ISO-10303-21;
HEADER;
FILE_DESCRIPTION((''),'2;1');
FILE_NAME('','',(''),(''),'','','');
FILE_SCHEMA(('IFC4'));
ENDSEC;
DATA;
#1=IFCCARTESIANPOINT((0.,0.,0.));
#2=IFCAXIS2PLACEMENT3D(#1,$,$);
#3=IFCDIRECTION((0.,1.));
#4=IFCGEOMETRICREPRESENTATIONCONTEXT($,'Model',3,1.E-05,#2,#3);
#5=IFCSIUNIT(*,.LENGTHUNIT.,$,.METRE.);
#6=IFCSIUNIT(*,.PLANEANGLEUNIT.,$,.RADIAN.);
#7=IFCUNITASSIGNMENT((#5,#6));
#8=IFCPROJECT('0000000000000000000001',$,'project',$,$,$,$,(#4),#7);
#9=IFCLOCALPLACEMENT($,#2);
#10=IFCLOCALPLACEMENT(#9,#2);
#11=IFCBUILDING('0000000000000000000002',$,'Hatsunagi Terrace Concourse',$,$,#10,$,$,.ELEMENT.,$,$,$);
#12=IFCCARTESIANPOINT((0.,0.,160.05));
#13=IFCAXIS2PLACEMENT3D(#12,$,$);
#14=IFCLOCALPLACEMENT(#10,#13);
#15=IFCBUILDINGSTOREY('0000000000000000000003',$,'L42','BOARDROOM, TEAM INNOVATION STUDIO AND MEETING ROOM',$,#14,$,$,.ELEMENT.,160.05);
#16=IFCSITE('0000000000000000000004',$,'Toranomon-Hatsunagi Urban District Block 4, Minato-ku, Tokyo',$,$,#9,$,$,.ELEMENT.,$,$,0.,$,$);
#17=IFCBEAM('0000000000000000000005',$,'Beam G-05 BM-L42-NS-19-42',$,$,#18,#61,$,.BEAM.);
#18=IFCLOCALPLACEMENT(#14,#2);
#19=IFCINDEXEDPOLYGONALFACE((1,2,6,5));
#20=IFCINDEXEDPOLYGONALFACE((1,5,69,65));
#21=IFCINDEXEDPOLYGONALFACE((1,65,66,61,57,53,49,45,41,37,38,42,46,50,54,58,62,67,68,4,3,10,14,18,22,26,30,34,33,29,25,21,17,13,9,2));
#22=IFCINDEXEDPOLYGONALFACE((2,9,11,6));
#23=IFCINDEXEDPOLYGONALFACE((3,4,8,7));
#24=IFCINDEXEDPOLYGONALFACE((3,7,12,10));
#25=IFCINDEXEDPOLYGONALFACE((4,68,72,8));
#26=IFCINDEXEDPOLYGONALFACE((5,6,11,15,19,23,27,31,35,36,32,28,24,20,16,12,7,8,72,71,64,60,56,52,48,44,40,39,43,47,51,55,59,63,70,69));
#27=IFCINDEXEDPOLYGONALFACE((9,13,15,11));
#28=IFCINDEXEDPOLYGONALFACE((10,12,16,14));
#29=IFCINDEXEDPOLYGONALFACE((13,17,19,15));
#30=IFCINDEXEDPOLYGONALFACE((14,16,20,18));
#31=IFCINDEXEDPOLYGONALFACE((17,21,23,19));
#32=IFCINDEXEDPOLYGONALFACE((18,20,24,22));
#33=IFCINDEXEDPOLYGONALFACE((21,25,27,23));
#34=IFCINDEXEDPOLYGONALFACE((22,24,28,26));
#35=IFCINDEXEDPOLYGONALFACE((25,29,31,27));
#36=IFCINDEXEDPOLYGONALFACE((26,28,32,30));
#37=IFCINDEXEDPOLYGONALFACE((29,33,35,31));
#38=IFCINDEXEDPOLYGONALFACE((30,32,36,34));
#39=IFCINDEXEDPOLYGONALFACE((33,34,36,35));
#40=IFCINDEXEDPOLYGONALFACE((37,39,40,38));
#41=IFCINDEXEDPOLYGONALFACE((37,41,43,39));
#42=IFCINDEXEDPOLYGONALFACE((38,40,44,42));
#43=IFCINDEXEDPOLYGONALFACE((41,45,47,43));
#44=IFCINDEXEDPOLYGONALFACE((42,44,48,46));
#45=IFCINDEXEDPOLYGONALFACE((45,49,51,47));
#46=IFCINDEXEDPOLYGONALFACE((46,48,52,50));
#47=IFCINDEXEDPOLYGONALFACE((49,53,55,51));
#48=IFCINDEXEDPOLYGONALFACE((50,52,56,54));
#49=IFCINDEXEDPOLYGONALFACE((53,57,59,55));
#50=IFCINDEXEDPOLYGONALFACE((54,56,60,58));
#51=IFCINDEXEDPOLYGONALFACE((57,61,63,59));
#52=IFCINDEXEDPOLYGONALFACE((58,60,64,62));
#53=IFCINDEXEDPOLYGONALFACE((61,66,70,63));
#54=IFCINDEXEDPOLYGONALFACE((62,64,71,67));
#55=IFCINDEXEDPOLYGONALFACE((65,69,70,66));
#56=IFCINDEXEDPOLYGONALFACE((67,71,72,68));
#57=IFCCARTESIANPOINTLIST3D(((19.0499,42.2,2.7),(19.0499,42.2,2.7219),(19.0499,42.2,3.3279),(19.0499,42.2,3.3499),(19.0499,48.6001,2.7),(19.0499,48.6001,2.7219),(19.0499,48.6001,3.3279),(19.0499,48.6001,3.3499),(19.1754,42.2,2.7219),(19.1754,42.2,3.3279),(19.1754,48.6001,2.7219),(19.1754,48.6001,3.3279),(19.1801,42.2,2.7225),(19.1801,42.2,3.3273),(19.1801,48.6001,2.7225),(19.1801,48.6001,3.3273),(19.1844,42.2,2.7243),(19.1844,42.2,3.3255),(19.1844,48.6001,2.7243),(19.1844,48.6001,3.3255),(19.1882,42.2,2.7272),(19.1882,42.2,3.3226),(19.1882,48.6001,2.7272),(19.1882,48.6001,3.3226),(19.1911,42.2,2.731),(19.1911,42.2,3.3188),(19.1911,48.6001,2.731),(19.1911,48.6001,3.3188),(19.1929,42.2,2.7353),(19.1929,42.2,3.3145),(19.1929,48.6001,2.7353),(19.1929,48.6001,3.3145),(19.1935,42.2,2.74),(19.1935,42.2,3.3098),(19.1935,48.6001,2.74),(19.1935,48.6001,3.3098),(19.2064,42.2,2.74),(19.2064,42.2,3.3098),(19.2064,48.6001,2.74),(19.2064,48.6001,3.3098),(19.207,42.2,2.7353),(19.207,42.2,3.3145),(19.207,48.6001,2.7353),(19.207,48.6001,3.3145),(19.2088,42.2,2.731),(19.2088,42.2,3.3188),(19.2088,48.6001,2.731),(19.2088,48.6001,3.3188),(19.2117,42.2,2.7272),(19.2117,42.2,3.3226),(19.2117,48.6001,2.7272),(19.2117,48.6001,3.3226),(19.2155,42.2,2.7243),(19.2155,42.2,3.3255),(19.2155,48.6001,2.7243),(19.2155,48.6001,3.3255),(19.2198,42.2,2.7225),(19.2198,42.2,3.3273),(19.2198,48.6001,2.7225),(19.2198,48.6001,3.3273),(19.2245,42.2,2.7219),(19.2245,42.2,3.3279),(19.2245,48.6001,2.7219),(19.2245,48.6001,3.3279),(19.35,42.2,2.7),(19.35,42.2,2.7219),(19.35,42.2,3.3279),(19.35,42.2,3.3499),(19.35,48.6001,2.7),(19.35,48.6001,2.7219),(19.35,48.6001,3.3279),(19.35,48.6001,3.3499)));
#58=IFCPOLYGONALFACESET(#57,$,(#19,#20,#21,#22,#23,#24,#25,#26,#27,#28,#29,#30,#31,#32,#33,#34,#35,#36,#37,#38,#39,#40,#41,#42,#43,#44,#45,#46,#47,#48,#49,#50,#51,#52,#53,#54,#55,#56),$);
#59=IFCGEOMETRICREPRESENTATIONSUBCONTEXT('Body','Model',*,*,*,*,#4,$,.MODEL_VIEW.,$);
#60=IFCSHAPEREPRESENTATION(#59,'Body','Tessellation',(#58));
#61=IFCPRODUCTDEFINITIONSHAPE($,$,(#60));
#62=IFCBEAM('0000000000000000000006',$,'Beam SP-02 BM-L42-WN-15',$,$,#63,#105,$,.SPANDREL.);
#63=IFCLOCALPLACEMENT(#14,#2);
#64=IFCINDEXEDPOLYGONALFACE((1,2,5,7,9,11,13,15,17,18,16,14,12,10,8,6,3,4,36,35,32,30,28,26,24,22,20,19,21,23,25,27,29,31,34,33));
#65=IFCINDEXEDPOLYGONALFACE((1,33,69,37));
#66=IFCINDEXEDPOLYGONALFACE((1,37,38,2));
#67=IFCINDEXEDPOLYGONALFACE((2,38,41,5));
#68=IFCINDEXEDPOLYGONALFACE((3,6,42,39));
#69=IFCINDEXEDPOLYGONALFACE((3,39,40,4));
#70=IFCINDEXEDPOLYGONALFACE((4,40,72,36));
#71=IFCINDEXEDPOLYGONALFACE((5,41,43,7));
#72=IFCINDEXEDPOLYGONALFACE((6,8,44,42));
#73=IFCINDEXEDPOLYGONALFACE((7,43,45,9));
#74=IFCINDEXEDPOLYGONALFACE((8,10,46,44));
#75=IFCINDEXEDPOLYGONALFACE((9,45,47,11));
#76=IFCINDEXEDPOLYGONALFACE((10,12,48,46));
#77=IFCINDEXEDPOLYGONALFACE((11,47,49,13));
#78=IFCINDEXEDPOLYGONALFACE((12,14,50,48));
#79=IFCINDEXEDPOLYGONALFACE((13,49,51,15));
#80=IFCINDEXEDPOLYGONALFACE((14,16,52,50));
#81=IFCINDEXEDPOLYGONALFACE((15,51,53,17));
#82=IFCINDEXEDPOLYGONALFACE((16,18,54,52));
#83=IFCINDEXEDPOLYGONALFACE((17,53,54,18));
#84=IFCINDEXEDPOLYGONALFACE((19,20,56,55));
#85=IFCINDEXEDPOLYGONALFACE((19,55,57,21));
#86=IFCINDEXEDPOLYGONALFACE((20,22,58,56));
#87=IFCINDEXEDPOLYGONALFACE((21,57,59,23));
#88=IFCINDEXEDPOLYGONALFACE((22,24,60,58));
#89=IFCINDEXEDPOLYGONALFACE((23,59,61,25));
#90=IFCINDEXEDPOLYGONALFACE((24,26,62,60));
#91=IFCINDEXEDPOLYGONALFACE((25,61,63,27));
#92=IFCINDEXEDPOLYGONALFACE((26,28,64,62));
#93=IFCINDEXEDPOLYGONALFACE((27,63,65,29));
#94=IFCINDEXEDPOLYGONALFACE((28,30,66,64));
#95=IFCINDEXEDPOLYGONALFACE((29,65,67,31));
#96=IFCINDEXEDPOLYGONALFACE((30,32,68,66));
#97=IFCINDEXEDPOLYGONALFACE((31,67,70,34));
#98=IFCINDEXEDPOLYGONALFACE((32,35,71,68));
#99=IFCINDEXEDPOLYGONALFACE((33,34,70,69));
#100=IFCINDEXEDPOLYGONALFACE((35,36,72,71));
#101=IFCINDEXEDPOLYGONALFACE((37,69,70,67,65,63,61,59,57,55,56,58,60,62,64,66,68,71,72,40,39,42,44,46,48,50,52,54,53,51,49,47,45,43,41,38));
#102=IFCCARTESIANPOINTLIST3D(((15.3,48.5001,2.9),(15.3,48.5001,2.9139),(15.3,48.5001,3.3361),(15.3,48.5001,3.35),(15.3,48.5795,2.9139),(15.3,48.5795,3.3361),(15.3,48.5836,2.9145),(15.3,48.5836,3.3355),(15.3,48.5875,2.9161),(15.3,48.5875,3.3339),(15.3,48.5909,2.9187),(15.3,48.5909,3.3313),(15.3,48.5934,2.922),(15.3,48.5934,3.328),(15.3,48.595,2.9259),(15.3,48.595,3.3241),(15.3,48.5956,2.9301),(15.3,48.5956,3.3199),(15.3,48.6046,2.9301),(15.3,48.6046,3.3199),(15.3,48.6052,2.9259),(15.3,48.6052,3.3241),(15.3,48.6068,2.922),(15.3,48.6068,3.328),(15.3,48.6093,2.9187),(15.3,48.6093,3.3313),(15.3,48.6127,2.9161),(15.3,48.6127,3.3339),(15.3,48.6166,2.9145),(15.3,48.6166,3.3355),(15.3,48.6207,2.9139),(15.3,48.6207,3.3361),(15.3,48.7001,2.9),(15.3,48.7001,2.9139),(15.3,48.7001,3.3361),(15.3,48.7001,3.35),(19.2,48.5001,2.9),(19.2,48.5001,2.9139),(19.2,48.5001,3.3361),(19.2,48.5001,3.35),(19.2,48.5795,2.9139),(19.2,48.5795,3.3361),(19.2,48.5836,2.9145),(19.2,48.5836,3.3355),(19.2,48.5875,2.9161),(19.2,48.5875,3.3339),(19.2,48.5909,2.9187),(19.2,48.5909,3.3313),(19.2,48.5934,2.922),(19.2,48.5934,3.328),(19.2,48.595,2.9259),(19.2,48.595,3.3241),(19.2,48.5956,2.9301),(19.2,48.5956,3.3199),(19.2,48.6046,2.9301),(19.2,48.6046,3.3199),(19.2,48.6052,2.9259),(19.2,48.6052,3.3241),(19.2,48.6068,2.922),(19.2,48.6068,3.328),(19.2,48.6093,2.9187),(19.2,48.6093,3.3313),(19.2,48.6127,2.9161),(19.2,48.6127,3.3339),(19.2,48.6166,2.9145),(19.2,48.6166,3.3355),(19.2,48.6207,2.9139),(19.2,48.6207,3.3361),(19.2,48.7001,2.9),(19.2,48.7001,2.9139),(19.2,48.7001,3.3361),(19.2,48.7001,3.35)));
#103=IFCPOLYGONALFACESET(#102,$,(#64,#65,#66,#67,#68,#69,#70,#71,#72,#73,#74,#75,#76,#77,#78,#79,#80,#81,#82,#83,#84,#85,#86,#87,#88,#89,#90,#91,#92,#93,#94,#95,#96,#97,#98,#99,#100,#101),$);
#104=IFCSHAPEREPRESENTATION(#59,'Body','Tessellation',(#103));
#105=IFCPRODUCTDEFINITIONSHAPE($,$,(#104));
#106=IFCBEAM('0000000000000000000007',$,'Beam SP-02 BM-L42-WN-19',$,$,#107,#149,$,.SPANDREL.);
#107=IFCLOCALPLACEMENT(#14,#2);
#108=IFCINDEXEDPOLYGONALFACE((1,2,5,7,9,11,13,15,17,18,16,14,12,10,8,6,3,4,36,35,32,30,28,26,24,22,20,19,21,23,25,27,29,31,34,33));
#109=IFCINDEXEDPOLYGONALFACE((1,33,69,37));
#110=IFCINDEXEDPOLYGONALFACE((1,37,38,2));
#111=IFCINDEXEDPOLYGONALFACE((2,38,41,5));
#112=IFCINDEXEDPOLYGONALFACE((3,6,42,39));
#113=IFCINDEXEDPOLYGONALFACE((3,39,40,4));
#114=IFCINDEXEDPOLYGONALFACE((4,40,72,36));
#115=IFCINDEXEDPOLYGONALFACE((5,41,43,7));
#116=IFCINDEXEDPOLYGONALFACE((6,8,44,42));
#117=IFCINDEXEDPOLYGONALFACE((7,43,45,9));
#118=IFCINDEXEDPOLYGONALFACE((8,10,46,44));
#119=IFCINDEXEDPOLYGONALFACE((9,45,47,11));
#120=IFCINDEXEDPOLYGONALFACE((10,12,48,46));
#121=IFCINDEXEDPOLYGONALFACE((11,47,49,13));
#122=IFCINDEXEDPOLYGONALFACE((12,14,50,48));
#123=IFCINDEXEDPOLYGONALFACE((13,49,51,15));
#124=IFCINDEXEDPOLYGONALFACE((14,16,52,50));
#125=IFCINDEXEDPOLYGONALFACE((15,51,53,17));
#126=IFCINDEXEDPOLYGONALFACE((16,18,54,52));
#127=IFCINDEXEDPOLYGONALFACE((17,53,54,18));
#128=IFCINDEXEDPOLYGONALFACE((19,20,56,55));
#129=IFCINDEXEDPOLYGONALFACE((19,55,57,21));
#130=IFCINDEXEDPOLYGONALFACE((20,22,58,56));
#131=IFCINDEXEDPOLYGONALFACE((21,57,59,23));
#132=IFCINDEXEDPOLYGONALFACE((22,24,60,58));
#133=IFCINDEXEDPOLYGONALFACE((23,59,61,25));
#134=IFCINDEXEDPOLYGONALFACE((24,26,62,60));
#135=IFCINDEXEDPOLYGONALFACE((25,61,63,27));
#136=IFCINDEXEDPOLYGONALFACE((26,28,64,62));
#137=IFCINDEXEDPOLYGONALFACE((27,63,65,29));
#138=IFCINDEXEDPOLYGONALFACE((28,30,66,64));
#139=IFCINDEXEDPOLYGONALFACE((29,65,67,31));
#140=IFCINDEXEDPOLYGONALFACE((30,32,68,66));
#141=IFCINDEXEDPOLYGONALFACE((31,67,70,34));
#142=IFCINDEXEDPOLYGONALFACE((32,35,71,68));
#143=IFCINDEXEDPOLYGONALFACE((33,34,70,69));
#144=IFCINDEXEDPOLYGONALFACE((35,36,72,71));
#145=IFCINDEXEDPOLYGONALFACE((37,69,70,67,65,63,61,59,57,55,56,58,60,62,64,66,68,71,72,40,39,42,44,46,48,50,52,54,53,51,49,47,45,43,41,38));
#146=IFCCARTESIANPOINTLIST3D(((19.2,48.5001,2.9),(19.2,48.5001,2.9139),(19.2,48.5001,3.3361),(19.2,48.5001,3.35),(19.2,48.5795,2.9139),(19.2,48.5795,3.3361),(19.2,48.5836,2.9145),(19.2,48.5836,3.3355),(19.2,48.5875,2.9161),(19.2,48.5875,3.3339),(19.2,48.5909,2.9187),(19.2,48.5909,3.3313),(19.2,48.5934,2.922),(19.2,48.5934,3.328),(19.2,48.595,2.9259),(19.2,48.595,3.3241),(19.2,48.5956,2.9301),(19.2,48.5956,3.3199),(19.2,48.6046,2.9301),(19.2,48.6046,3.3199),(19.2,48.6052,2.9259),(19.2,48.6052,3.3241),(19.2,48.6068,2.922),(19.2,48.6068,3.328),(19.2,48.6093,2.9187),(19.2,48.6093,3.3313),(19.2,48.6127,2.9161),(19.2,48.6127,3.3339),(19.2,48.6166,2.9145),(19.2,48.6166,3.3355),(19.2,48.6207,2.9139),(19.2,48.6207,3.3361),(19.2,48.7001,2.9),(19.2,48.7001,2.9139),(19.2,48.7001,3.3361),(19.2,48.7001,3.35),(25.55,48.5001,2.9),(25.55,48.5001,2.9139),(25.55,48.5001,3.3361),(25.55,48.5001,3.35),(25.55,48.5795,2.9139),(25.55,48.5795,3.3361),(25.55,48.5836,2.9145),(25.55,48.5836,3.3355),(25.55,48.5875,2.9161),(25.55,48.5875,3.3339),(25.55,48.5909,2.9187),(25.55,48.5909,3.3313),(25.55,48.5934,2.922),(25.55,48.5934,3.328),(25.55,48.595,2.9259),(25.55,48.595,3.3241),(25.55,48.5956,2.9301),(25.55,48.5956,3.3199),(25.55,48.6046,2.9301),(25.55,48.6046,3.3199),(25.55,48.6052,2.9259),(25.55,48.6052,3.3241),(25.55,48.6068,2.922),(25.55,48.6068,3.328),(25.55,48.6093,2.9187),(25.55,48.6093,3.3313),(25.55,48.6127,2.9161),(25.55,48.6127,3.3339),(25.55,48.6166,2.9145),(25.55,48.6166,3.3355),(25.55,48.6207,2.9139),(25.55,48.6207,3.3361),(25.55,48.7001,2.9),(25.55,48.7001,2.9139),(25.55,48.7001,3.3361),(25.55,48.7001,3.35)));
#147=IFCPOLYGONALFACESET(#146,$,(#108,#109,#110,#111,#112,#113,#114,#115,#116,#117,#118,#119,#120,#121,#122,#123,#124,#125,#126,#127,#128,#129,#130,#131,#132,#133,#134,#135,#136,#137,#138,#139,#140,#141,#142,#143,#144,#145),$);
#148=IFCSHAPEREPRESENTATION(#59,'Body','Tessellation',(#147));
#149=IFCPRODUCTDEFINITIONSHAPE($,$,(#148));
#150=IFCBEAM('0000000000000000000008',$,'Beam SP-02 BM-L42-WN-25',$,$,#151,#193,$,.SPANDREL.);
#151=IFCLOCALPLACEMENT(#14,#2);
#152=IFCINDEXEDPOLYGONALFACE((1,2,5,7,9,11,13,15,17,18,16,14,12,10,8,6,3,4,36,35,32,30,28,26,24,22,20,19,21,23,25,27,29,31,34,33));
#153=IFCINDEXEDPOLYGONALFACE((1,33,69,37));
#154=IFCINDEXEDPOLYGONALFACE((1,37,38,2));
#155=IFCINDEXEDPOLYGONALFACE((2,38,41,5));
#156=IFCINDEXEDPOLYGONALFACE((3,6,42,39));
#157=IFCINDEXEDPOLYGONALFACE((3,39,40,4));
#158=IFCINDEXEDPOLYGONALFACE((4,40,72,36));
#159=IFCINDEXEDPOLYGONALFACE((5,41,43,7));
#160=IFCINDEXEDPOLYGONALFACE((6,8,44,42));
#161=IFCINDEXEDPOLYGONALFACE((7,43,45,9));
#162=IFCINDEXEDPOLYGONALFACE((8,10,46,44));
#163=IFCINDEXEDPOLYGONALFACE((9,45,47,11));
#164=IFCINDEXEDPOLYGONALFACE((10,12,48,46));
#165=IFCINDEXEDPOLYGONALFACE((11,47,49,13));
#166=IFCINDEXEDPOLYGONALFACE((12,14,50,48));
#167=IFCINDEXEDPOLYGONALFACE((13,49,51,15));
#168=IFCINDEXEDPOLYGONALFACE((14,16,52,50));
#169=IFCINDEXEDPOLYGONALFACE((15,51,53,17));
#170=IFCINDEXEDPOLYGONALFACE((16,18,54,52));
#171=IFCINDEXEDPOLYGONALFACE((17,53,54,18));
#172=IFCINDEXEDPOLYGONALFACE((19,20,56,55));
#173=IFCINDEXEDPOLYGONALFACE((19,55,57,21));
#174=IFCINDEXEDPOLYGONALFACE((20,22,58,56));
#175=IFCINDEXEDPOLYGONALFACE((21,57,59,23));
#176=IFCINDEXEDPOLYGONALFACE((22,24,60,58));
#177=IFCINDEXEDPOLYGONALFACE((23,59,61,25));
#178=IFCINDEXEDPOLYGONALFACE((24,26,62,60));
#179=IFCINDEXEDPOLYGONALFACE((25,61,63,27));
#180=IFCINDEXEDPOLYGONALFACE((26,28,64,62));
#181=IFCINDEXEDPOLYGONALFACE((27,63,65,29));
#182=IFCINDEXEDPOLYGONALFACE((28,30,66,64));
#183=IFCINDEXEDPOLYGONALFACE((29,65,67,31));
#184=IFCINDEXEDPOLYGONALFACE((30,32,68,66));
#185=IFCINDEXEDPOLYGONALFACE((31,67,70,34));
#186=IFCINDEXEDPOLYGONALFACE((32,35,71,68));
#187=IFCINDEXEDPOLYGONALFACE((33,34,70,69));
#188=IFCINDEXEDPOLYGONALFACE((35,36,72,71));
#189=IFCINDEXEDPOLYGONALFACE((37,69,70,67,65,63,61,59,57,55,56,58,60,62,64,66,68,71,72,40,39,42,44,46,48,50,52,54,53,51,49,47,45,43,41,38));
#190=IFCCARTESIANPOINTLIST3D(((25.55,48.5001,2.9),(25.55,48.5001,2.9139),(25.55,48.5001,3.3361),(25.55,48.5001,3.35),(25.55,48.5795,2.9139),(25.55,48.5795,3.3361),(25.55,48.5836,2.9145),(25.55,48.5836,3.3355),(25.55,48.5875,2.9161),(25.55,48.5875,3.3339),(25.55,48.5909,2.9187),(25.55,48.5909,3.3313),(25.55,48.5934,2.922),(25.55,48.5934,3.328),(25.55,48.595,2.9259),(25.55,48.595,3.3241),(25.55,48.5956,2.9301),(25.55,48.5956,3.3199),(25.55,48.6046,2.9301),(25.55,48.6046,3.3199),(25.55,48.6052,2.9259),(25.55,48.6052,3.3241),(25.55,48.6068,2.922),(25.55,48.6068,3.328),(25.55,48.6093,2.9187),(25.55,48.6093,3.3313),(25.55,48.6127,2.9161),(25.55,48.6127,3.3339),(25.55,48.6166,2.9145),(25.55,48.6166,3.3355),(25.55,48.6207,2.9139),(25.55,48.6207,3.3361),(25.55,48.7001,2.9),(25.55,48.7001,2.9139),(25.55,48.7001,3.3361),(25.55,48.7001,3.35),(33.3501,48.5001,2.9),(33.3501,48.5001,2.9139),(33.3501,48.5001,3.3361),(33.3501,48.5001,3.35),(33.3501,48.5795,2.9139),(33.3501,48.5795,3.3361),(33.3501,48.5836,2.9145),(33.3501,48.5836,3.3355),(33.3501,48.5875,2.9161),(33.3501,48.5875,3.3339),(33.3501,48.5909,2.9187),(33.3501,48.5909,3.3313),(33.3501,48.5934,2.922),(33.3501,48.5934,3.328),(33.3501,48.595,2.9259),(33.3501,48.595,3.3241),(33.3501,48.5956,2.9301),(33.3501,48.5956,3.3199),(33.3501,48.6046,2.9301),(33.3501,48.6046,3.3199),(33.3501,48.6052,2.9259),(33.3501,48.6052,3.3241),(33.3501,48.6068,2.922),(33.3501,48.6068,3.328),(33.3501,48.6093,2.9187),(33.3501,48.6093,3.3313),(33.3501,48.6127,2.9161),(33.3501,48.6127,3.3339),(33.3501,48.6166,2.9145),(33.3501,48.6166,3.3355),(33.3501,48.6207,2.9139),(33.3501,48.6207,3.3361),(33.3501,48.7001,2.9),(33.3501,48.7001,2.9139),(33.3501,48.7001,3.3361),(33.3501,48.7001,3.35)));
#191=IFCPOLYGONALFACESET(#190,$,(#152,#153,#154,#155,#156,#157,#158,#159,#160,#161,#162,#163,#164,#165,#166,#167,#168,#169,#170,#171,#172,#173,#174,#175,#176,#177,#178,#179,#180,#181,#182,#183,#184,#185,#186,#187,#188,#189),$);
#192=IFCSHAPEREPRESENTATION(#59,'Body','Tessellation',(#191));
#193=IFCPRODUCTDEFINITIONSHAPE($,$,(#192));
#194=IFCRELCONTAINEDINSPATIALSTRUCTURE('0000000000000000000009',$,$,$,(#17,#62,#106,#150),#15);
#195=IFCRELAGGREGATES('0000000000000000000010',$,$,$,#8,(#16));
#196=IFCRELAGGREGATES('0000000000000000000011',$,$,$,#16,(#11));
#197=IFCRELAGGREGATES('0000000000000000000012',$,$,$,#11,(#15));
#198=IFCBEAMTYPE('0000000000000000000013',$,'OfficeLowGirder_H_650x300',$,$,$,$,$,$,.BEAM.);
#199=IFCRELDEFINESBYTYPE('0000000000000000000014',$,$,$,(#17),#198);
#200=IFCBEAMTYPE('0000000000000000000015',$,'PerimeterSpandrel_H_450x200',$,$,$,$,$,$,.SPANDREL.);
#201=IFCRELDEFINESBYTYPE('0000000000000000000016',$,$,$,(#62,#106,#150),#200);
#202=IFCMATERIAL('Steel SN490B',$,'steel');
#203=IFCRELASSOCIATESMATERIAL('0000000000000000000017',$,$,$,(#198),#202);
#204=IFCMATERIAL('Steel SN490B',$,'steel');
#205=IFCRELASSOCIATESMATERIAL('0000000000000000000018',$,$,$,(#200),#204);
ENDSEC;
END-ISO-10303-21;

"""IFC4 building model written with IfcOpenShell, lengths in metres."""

from ifc_helpers import new_model, si_unit, direction, frame, origin, origin_2d, place, context, subcontext, project, spatial, i_section, extrude, material, material_profile, profile_set, type_object, element, save


model = new_model("IFC4")

# Units and contexts
model_context = context("Model", 3, precision=1e-05, world=origin(), true_north=direction((0.0, 1.0)))
body_context = subcontext(model_context, "Body", "Model", "MODEL_VIEW")
ifc_project = project(units=[si_unit("LENGTHUNIT", "METRE"), si_unit("PLANEANGLEUNIT", "RADIAN")], contexts=[model_context])

# Site, building, storey
site_placement = place(None, origin())
site = spatial("IfcSite", under=ifc_project, at=site_placement, Name="Toranomon-Hatsunagi Urban District Block 4, Minato-ku, Tokyo", CompositionType="ELEMENT", RefElevation=0.0)
building_placement = place(site_placement, origin())
building = spatial("IfcBuilding", under=site, at=building_placement, Name="Hatsunagi Terrace Concourse", CompositionType="ELEMENT")
storey_placement = place(building_placement, frame((0.0, 0.0, 160.05)))
storey = spatial("IfcBuildingStorey", under=building, at=storey_placement, Name="L42", Description="BOARDROOM, TEAM INNOVATION STUDIO AND MEETING ROOM", CompositionType="ELEMENT", Elevation=160.05)

# Beams
ifc_material_1 = material(Name="Steel SN490B", Category="steel")
ifc_material_profile_1 = material_profile(ifc_material_1, i_section(OverallWidth=0.3, OverallDepth=0.6499, WebThickness=0.0129, FlangeThickness=0.022, FilletRadius=0.0181, at=origin_2d()), Name="H-650x300x13x22")
ifc_profile_set_1 = profile_set([ifc_material_profile_1], Name="Steel SN490B")
beam_type_1 = type_object("IfcBeamType", Name="OfficeLowGirder_H_650x300", PredefinedType="BEAM", material=ifc_profile_set_1)
beam_1_placement = place(storey_placement, frame((19.2, 42.2, 3.0249), z_axis=(0.0, 1.0, 0.0), x_axis=(-1.0, 0.0, 0.0)))
element("IfcBeam", 1, at=beam_1_placement, inside=storey, type_object=beam_type_1, Name="Beam G-05 BM-L42-NS-19-42", PredefinedType="BEAM", context=body_context, shape_type="SweptSolid", body=[
    extrude(i_section(OverallWidth=0.3, OverallDepth=0.6499, WebThickness=0.0129, FlangeThickness=0.022, FilletRadius=0.0181, at=origin_2d()), origin(), (0.0, 0.0, 1.0), 6.4001),
])
ifc_material_2 = material(Name="Steel SN490B", Category="steel")
ifc_material_profile_2 = material_profile(ifc_material_2, i_section(OverallWidth=0.2, OverallDepth=0.45, WebThickness=0.009, FlangeThickness=0.0139, FilletRadius=0.0161, at=origin_2d()), Name="H-450x200x9x14")
ifc_profile_set_2 = profile_set([ifc_material_profile_2], Name="Steel SN490B")
beam_type_2 = type_object("IfcBeamType", Name="PerimeterSpandrel_H_450x200", PredefinedType="SPANDREL", material=ifc_profile_set_2)
beam_2_placement = place(storey_placement, frame((15.3, 48.6001, 3.125), z_axis=(1.0, 0.0, 0.0), x_axis=(0.0, 1.0, 0.0)))
element("IfcBeam", 2, at=beam_2_placement, inside=storey, type_object=beam_type_2, Name="Beam SP-02 BM-L42-WN-15", PredefinedType="SPANDREL", context=body_context, shape_type="SweptSolid", body=[
    extrude(i_section(OverallWidth=0.2, OverallDepth=0.45, WebThickness=0.009, FlangeThickness=0.0139, FilletRadius=0.0161, at=origin_2d()), origin(), (0.0, 0.0, 1.0), 3.8999),
])
beam_3_placement = place(storey_placement, frame((19.2, 48.6001, 3.125), z_axis=(1.0, 0.0, 0.0), x_axis=(0.0, 1.0, 0.0)))
element("IfcBeam", 3, at=beam_3_placement, inside=storey, type_object=beam_type_2, Name="Beam SP-02 BM-L42-WN-19", PredefinedType="SPANDREL", context=body_context, shape_type="SweptSolid", body=[
    extrude(i_section(OverallWidth=0.2, OverallDepth=0.45, WebThickness=0.009, FlangeThickness=0.0139, FilletRadius=0.0161, at=origin_2d()), origin(), (0.0, 0.0, 1.0), 6.3501),
])
beam_4_placement = place(storey_placement, frame((25.55, 48.6001, 3.125), z_axis=(1.0, 0.0, 0.0), x_axis=(0.0, 1.0, 0.0)))
element("IfcBeam", 4, at=beam_4_placement, inside=storey, type_object=beam_type_2, Name="Beam SP-02 BM-L42-WN-25", PredefinedType="SPANDREL", context=body_context, shape_type="SweptSolid", body=[
    extrude(i_section(OverallWidth=0.2, OverallDepth=0.45, WebThickness=0.009, FlangeThickness=0.0139, FilletRadius=0.0161, at=origin_2d()), origin(), (0.0, 0.0, 1.0), 7.8),
])

save(model, "model.ifc")
